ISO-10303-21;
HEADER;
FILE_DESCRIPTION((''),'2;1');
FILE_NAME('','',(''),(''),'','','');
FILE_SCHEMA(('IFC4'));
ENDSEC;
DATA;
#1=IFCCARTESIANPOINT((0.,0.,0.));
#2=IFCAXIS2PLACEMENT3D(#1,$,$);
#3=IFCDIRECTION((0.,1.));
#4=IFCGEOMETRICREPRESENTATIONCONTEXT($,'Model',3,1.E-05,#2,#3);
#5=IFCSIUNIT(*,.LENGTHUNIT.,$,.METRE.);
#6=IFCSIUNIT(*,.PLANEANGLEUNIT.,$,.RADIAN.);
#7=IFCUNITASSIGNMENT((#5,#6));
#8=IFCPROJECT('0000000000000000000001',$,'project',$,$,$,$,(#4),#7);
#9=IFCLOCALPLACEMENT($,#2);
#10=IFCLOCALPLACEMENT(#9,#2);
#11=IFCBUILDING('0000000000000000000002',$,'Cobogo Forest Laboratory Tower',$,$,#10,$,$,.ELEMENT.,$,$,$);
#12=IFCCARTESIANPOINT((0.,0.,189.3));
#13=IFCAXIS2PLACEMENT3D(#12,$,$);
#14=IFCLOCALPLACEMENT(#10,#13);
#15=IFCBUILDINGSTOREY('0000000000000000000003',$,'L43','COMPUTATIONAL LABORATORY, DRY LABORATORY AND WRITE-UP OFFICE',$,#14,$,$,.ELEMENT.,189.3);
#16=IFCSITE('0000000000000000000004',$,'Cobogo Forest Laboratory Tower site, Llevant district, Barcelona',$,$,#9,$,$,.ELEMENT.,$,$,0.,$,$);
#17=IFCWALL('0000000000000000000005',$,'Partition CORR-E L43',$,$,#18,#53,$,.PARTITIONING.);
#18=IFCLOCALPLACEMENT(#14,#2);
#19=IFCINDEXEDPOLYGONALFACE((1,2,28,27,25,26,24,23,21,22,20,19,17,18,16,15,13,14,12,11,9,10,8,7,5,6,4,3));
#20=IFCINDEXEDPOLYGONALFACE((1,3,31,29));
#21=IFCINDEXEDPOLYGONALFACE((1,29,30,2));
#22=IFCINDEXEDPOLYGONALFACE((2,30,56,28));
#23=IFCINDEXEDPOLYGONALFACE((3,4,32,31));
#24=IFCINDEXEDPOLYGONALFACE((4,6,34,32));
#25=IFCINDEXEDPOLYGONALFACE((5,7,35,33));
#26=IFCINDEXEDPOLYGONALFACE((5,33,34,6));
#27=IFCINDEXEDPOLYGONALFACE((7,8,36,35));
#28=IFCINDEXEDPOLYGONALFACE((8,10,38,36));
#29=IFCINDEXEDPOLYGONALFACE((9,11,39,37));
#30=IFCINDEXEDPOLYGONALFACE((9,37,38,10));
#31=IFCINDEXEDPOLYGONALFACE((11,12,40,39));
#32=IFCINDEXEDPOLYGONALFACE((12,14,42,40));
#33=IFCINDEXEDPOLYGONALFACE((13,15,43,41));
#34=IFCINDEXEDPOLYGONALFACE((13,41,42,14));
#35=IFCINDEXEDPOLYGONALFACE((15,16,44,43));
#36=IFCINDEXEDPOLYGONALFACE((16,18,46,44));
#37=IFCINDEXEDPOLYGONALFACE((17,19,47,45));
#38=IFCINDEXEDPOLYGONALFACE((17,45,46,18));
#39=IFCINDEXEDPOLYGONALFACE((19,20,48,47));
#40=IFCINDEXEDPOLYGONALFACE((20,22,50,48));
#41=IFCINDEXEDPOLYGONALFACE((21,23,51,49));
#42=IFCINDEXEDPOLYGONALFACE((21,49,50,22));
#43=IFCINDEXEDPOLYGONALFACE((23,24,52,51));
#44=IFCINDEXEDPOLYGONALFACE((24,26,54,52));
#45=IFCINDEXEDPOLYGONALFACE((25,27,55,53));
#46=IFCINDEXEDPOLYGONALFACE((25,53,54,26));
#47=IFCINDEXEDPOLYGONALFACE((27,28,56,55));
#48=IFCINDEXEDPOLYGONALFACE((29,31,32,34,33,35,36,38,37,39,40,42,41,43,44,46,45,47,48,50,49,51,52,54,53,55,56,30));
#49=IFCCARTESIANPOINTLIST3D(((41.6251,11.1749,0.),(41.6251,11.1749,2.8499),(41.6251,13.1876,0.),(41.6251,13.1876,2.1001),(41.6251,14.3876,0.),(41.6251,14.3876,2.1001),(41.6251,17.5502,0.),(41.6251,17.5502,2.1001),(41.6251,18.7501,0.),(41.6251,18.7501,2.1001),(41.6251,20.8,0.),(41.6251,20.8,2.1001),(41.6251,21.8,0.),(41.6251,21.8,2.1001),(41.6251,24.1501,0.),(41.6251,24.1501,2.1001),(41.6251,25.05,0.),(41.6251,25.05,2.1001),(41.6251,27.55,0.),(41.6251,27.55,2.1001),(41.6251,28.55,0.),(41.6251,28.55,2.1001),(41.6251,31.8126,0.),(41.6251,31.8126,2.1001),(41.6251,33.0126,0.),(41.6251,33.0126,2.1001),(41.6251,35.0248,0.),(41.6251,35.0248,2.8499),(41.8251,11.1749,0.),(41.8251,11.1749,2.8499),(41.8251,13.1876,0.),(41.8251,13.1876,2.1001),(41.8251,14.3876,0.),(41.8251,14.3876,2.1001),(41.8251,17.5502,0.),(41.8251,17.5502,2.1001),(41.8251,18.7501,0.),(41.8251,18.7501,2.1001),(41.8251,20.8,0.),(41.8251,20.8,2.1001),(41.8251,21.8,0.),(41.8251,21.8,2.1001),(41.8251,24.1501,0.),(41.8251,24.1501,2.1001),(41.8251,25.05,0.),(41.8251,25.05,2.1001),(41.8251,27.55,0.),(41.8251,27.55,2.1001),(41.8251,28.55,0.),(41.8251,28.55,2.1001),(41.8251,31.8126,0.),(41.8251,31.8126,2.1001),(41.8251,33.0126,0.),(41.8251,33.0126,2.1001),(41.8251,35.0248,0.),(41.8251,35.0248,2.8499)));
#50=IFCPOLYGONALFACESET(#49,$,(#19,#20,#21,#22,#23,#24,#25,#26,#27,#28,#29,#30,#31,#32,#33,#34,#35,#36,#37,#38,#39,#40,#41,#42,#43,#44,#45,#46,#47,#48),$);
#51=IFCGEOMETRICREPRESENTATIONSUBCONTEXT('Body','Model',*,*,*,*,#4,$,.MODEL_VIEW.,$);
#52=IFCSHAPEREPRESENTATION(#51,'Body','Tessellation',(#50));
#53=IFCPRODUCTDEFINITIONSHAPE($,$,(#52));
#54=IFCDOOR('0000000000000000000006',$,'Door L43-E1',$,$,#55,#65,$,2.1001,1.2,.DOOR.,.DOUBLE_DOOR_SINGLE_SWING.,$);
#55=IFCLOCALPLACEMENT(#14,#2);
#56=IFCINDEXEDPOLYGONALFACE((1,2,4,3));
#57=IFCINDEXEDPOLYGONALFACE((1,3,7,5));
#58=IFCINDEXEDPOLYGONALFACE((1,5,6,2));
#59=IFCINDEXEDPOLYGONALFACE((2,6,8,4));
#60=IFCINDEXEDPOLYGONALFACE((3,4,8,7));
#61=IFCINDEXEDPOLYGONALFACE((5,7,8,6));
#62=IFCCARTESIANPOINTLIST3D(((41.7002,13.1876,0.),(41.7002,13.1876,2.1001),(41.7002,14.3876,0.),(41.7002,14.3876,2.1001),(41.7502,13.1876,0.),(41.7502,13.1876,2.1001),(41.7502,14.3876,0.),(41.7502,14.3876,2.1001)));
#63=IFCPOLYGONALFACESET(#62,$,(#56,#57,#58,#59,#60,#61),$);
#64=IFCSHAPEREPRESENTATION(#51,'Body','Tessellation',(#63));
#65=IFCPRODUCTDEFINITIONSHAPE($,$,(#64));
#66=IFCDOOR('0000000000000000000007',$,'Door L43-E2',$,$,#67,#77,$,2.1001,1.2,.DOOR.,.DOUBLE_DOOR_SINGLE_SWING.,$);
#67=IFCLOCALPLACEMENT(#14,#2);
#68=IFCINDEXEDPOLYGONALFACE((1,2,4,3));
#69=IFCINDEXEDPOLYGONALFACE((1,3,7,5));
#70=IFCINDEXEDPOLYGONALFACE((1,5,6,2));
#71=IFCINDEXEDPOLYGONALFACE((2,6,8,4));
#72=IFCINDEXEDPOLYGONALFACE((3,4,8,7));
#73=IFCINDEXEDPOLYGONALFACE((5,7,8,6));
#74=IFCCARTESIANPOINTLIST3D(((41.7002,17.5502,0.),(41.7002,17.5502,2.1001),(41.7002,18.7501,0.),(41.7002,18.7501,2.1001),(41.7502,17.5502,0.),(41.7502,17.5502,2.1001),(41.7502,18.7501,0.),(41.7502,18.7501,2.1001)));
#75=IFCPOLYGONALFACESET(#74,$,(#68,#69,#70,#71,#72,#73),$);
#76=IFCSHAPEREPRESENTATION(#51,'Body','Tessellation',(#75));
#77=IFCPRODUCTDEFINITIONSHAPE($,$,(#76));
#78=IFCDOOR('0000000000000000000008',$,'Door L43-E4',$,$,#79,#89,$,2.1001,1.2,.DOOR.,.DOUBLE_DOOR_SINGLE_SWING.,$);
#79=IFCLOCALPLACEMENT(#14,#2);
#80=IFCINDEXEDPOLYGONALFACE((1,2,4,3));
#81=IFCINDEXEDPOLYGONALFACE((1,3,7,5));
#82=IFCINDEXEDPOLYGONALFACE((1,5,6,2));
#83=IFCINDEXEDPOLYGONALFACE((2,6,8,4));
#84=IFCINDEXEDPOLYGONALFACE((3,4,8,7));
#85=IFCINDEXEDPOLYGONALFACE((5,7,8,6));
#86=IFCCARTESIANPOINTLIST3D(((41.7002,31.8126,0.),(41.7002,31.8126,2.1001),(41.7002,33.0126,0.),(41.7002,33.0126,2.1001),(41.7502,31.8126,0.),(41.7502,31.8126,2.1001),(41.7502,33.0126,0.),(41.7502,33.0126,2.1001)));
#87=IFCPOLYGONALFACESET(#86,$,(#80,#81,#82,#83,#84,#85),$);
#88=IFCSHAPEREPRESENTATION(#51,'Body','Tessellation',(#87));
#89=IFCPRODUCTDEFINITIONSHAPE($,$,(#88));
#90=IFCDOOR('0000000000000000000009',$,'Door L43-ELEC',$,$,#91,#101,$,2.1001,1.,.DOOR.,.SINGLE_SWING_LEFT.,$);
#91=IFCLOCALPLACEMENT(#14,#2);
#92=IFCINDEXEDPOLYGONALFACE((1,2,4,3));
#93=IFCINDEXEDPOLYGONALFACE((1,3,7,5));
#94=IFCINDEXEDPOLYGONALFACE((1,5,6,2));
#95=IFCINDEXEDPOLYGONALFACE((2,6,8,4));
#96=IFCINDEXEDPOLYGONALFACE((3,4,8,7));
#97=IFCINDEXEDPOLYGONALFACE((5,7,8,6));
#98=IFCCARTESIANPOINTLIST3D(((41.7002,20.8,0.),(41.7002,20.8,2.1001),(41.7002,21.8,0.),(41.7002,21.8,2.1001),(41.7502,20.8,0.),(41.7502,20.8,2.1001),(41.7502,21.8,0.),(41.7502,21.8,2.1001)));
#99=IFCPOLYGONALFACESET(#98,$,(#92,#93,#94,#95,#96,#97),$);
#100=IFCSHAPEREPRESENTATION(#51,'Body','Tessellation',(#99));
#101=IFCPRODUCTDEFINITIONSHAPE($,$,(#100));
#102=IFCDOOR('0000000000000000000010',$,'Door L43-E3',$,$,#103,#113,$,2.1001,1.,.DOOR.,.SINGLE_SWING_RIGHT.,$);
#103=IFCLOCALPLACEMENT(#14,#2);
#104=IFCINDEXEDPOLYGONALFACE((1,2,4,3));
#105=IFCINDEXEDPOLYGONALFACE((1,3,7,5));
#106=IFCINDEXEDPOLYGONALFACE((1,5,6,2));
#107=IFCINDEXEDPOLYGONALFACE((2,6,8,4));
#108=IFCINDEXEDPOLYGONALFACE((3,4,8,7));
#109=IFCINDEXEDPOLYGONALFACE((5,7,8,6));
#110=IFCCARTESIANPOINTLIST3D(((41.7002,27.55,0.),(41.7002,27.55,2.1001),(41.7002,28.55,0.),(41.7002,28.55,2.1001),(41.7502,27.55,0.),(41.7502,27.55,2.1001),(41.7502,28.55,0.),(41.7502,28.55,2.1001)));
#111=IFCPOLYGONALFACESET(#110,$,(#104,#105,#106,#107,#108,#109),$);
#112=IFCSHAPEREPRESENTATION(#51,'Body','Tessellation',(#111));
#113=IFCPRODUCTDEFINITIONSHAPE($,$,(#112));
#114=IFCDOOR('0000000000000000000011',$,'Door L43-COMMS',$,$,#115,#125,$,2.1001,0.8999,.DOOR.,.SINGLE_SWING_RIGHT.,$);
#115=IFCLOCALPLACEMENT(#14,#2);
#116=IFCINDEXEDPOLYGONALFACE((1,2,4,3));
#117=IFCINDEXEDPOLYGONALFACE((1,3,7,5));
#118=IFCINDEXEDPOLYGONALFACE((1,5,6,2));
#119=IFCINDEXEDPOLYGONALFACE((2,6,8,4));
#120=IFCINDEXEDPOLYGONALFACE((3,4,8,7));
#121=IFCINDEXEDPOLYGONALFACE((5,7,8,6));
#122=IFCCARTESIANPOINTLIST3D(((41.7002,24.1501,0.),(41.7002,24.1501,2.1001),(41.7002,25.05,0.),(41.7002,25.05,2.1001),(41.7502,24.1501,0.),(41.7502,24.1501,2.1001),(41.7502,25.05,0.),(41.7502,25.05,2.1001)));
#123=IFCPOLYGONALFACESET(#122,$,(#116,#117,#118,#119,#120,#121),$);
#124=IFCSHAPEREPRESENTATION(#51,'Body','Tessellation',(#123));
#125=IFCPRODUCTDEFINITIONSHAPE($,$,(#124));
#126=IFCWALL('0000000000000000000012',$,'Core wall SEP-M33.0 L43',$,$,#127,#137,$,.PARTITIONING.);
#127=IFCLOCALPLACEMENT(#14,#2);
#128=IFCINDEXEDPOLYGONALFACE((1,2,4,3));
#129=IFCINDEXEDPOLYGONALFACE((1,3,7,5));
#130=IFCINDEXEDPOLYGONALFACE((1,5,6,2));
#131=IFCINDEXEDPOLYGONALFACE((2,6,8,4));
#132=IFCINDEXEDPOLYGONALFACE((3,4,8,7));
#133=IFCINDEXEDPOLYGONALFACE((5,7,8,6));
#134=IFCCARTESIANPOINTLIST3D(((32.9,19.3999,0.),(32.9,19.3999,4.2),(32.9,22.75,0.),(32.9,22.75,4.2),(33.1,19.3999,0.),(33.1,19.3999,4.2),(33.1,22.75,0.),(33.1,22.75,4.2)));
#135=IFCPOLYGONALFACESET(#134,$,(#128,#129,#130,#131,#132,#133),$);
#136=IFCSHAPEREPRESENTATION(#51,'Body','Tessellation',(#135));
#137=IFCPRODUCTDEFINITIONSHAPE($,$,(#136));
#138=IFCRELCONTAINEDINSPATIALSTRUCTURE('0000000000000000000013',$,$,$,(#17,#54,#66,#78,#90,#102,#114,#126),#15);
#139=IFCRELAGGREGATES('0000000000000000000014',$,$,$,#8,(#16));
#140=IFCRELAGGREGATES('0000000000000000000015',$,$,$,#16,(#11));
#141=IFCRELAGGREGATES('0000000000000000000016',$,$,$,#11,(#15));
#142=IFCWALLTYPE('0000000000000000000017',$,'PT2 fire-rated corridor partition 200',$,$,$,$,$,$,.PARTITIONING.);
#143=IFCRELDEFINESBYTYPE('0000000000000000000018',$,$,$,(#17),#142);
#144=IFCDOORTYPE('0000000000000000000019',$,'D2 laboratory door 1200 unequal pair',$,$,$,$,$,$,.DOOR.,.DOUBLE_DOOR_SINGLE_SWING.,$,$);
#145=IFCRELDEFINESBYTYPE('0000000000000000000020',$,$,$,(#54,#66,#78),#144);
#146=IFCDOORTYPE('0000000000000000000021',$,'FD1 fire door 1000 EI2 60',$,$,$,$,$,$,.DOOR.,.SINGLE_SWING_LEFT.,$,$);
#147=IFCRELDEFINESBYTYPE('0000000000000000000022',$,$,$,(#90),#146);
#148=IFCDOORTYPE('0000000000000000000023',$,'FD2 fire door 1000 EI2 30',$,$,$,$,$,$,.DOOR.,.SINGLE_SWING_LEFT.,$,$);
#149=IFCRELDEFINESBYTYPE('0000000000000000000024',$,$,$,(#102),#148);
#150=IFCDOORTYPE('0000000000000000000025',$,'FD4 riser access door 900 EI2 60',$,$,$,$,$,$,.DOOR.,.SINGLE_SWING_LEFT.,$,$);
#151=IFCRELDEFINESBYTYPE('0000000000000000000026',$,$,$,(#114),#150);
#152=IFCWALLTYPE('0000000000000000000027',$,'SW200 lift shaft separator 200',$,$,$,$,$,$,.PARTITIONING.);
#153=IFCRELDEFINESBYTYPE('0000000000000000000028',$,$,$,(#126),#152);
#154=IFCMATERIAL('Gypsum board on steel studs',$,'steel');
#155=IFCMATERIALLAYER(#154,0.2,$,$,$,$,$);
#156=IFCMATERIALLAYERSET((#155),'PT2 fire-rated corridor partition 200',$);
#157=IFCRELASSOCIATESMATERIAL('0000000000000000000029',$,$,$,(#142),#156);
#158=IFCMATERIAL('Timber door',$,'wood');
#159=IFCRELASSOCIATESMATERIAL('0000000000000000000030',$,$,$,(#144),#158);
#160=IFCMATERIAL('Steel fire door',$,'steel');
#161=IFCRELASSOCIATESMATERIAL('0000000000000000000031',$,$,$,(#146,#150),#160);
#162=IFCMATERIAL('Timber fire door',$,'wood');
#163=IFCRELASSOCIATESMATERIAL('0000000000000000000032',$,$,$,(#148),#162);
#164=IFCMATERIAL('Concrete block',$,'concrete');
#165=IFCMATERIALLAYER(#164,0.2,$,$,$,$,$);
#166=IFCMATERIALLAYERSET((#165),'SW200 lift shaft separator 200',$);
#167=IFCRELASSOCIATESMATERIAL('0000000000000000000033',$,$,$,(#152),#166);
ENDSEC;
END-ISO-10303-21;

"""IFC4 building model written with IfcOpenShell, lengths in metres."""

from ifc_helpers import new_model, si_unit, direction, frame, frame_2d, origin, place, context, subcontext, project, spatial, rectangle, extrude, material, layer, layer_set, type_object, element, fill, save


model = new_model("IFC4")

# Units and contexts
model_context = context("Model", 3, precision=1e-05, world=origin(), true_north=direction((0.0, 1.0)))
body_context = subcontext(model_context, "Body", "Model", "MODEL_VIEW")
ifc_project = project(units=[si_unit("LENGTHUNIT", "METRE"), si_unit("PLANEANGLEUNIT", "RADIAN")], contexts=[model_context])

# Site, building, storey
site_placement = place(None, origin())
site = spatial("IfcSite", under=ifc_project, at=site_placement, Name="Cobogo Forest Laboratory Tower site, Llevant district, Barcelona", CompositionType="ELEMENT", RefElevation=0.0)
building_placement = place(site_placement, origin())
building = spatial("IfcBuilding", under=site, at=building_placement, Name="Cobogo Forest Laboratory Tower", CompositionType="ELEMENT")
storey_placement = place(building_placement, frame((0.0, 0.0, 189.3)))
storey = spatial("IfcBuildingStorey", under=building, at=storey_placement, Name="L43", Description="COMPUTATIONAL LABORATORY, DRY LABORATORY AND WRITE-UP OFFICE", CompositionType="ELEMENT", Elevation=189.3)

# Shared definitions
ifc_material_1 = material(Name="Steel fire door", Category="steel")

# Shared definitions
ifc_material_2 = material(Name="Gypsum board on steel studs", Category="steel")

# Wall, openings, doors
ifc_layer_1 = layer(ifc_material_2, 0.2)
ifc_layer_set_1 = layer_set([ifc_layer_1], Name="PT2 fire-rated corridor partition 200")
wall_type_1 = type_object("IfcWallType", Name="PT2 fire-rated corridor partition 200", PredefinedType="PARTITIONING", material=ifc_layer_set_1)
wall_1_placement = place(storey_placement, frame((41.7251, 11.175, 0.0), z_axis=(0.0, 0.0, 1.0), x_axis=(0.0, 1.0, 0.0)))
wall_1 = element("IfcWall", 1, at=wall_1_placement, inside=storey, type_object=wall_type_1, Name="Partition CORR-E L43", PredefinedType="PARTITIONING", context=body_context, shape_type="SweptSolid", body=[
    extrude(rectangle(XDim=23.8499, YDim=0.2, at=frame_2d((11.9248, 0.0))), origin(), (0.0, 0.0, 1.0), 2.8499),
])
opening_1_placement = place(wall_1_placement, frame((2.0125, 0.0, 0.0)))
opening_1 = element("IfcOpeningElement", 2, at=opening_1_placement, cuts=wall_1, PredefinedType="OPENING", context=body_context, shape_type="SweptSolid", body=[
    extrude(rectangle(XDim=1.2, YDim=2.1001, at=frame_2d((0.6001, 1.05))), frame((0.0, 0.1099, 0.0), z_axis=(0.0, -1.0, 0.0), x_axis=(1.0, 0.0, 0.0)), (0.0, 0.0, 1.0), 0.22),
])
opening_2_placement = place(wall_1_placement, frame((6.375, 0.0, 0.0)))
opening_2 = element("IfcOpeningElement", 3, at=opening_2_placement, cuts=wall_1, PredefinedType="OPENING", context=body_context, shape_type="SweptSolid", body=[
    extrude(rectangle(XDim=1.2, YDim=2.1001, at=frame_2d((0.6001, 1.05))), frame((0.0, 0.1099, 0.0), z_axis=(0.0, -1.0, 0.0), x_axis=(1.0, 0.0, 0.0)), (0.0, 0.0, 1.0), 0.22),
])
opening_3_placement = place(wall_1_placement, frame((9.625, 0.0, 0.0)))
opening_3 = element("IfcOpeningElement", 4, at=opening_3_placement, cuts=wall_1, PredefinedType="OPENING", context=body_context, shape_type="SweptSolid", body=[
    extrude(rectangle(XDim=1.0, YDim=2.1001, at=frame_2d((0.5, 1.05))), frame((0.0, 0.1099, 0.0), z_axis=(0.0, -1.0, 0.0), x_axis=(1.0, 0.0, 0.0)), (0.0, 0.0, 1.0), 0.22),
])
opening_4_placement = place(wall_1_placement, frame((12.9751, 0.0, 0.0)))
opening_4 = element("IfcOpeningElement", 5, at=opening_4_placement, cuts=wall_1, PredefinedType="OPENING", context=body_context, shape_type="SweptSolid", body=[
    extrude(rectangle(XDim=0.8999, YDim=2.1001, at=frame_2d((0.45, 1.05))), frame((0.0, 0.1099, 0.0), z_axis=(0.0, -1.0, 0.0), x_axis=(1.0, 0.0, 0.0)), (0.0, 0.0, 1.0), 0.22),
])
opening_5_placement = place(wall_1_placement, frame((16.375, 0.0, 0.0)))
opening_5 = element("IfcOpeningElement", 6, at=opening_5_placement, cuts=wall_1, PredefinedType="OPENING", context=body_context, shape_type="SweptSolid", body=[
    extrude(rectangle(XDim=1.0, YDim=2.1001, at=frame_2d((0.5, 1.05))), frame((0.0, 0.1099, 0.0), z_axis=(0.0, -1.0, 0.0), x_axis=(1.0, 0.0, 0.0)), (0.0, 0.0, 1.0), 0.22),
])
opening_6_placement = place(wall_1_placement, frame((20.6375, 0.0, 0.0)))
opening_6 = element("IfcOpeningElement", 7, at=opening_6_placement, cuts=wall_1, PredefinedType="OPENING", context=body_context, shape_type="SweptSolid", body=[
    extrude(rectangle(XDim=1.2, YDim=2.1001, at=frame_2d((0.6001, 1.05))), frame((0.0, 0.1099, 0.0), z_axis=(0.0, -1.0, 0.0), x_axis=(1.0, 0.0, 0.0)), (0.0, 0.0, 1.0), 0.22),
])
ifc_material_3 = material(Name="Timber door", Category="wood")
door_type_1 = type_object("IfcDoorType", Name="D2 laboratory door 1200 unequal pair", OperationType="DOUBLE_DOOR_SINGLE_SWING", PredefinedType="DOOR", material=ifc_material_3)
door_1_placement = place(opening_1_placement, origin())
door_1 = element("IfcDoor", 8, at=door_1_placement, inside=storey, type_object=door_type_1, Name="Door L43-E1", OperationType="DOUBLE_DOOR_SINGLE_SWING", OverallHeight=2.1001, OverallWidth=1.2, PredefinedType="DOOR", context=body_context, shape_type="SweptSolid", body=[
    extrude(rectangle(XDim=1.2, YDim=2.1001, at=frame_2d((0.6001, 1.05))), frame((0.0, 0.0249, 0.0), z_axis=(0.0, -1.0, 0.0), x_axis=(1.0, 0.0, 0.0)), (0.0, 0.0, 1.0), 0.05),
])
fill(opening_1, door_1)
door_2_placement = place(opening_2_placement, origin())
door_2 = element("IfcDoor", 9, at=door_2_placement, inside=storey, type_object=door_type_1, Name="Door L43-E2", OperationType="DOUBLE_DOOR_SINGLE_SWING", OverallHeight=2.1001, OverallWidth=1.2, PredefinedType="DOOR", context=body_context, shape_type="SweptSolid", body=[
    extrude(rectangle(XDim=1.2, YDim=2.1001, at=frame_2d((0.6001, 1.05))), frame((0.0, 0.0249, 0.0), z_axis=(0.0, -1.0, 0.0), x_axis=(1.0, 0.0, 0.0)), (0.0, 0.0, 1.0), 0.05),
])
fill(opening_2, door_2)
door_3_placement = place(opening_6_placement, origin())
door_3 = element("IfcDoor", 10, at=door_3_placement, inside=storey, type_object=door_type_1, Name="Door L43-E4", OperationType="DOUBLE_DOOR_SINGLE_SWING", OverallHeight=2.1001, OverallWidth=1.2, PredefinedType="DOOR", context=body_context, shape_type="SweptSolid", body=[
    extrude(rectangle(XDim=1.2, YDim=2.1001, at=frame_2d((0.6001, 1.05))), frame((0.0, 0.0249, 0.0), z_axis=(0.0, -1.0, 0.0), x_axis=(1.0, 0.0, 0.0)), (0.0, 0.0, 1.0), 0.05),
])
fill(opening_6, door_3)
door_type_2 = type_object("IfcDoorType", Name="FD1 fire door 1000 EI2 60", OperationType="SINGLE_SWING_LEFT", PredefinedType="DOOR", material=ifc_material_1)
door_4_placement = place(opening_3_placement, origin())
door_4 = element("IfcDoor", 11, at=door_4_placement, inside=storey, type_object=door_type_2, Name="Door L43-ELEC", OperationType="SINGLE_SWING_LEFT", OverallHeight=2.1001, OverallWidth=1.0, PredefinedType="DOOR", context=body_context, shape_type="SweptSolid", body=[
    extrude(rectangle(XDim=1.0, YDim=2.1001, at=frame_2d((0.5, 1.05))), frame((0.0, 0.0249, 0.0), z_axis=(0.0, -1.0, 0.0), x_axis=(1.0, 0.0, 0.0)), (0.0, 0.0, 1.0), 0.05),
])
fill(opening_3, door_4)
ifc_material_4 = material(Name="Timber fire door", Category="wood")
door_type_3 = type_object("IfcDoorType", Name="FD2 fire door 1000 EI2 30", OperationType="SINGLE_SWING_LEFT", PredefinedType="DOOR", material=ifc_material_4)
door_5_placement = place(opening_5_placement, origin())
door_5 = element("IfcDoor", 12, at=door_5_placement, inside=storey, type_object=door_type_3, Name="Door L43-E3", OperationType="SINGLE_SWING_RIGHT", OverallHeight=2.1001, OverallWidth=1.0, PredefinedType="DOOR", context=body_context, shape_type="SweptSolid", body=[
    extrude(rectangle(XDim=1.0, YDim=2.1001, at=frame_2d((0.5, 1.05))), frame((0.0, 0.0249, 0.0), z_axis=(0.0, -1.0, 0.0), x_axis=(1.0, 0.0, 0.0)), (0.0, 0.0, 1.0), 0.05),
])
fill(opening_5, door_5)
door_type_4 = type_object("IfcDoorType", Name="FD4 riser access door 900 EI2 60", OperationType="SINGLE_SWING_LEFT", PredefinedType="DOOR", material=ifc_material_1)
door_6_placement = place(opening_4_placement, origin())
door_6 = element("IfcDoor", 13, at=door_6_placement, inside=storey, type_object=door_type_4, Name="Door L43-COMMS", OperationType="SINGLE_SWING_RIGHT", OverallHeight=2.1001, OverallWidth=0.8999, PredefinedType="DOOR", context=body_context, shape_type="SweptSolid", body=[
    extrude(rectangle(XDim=0.8999, YDim=2.1001, at=frame_2d((0.45, 1.05))), frame((0.0, 0.0249, 0.0), z_axis=(0.0, -1.0, 0.0), x_axis=(1.0, 0.0, 0.0)), (0.0, 0.0, 1.0), 0.05),
])
fill(opening_4, door_6)

# Wall
ifc_material_5 = material(Name="Concrete block", Category="concrete")
ifc_layer_2 = layer(ifc_material_5, 0.2)
ifc_layer_set_2 = layer_set([ifc_layer_2], Name="SW200 lift shaft separator 200")
wall_type_2 = type_object("IfcWallType", Name="SW200 lift shaft separator 200", PredefinedType="PARTITIONING", material=ifc_layer_set_2)
wall_2_placement = place(storey_placement, frame((33.0, 19.3999, 0.0), z_axis=(0.0, 0.0, 1.0), x_axis=(0.0, 1.0, 0.0)))
element("IfcWall", 14, at=wall_2_placement, inside=storey, type_object=wall_type_2, Name="Core wall SEP-M33.0 L43", PredefinedType="PARTITIONING", context=body_context, shape_type="SweptSolid", body=[
    extrude(rectangle(XDim=3.3501, YDim=0.2, at=frame_2d((1.675, 0.0))), origin(), (0.0, 0.0, 1.0), 4.2),
])

save(model, "model.ifc")
